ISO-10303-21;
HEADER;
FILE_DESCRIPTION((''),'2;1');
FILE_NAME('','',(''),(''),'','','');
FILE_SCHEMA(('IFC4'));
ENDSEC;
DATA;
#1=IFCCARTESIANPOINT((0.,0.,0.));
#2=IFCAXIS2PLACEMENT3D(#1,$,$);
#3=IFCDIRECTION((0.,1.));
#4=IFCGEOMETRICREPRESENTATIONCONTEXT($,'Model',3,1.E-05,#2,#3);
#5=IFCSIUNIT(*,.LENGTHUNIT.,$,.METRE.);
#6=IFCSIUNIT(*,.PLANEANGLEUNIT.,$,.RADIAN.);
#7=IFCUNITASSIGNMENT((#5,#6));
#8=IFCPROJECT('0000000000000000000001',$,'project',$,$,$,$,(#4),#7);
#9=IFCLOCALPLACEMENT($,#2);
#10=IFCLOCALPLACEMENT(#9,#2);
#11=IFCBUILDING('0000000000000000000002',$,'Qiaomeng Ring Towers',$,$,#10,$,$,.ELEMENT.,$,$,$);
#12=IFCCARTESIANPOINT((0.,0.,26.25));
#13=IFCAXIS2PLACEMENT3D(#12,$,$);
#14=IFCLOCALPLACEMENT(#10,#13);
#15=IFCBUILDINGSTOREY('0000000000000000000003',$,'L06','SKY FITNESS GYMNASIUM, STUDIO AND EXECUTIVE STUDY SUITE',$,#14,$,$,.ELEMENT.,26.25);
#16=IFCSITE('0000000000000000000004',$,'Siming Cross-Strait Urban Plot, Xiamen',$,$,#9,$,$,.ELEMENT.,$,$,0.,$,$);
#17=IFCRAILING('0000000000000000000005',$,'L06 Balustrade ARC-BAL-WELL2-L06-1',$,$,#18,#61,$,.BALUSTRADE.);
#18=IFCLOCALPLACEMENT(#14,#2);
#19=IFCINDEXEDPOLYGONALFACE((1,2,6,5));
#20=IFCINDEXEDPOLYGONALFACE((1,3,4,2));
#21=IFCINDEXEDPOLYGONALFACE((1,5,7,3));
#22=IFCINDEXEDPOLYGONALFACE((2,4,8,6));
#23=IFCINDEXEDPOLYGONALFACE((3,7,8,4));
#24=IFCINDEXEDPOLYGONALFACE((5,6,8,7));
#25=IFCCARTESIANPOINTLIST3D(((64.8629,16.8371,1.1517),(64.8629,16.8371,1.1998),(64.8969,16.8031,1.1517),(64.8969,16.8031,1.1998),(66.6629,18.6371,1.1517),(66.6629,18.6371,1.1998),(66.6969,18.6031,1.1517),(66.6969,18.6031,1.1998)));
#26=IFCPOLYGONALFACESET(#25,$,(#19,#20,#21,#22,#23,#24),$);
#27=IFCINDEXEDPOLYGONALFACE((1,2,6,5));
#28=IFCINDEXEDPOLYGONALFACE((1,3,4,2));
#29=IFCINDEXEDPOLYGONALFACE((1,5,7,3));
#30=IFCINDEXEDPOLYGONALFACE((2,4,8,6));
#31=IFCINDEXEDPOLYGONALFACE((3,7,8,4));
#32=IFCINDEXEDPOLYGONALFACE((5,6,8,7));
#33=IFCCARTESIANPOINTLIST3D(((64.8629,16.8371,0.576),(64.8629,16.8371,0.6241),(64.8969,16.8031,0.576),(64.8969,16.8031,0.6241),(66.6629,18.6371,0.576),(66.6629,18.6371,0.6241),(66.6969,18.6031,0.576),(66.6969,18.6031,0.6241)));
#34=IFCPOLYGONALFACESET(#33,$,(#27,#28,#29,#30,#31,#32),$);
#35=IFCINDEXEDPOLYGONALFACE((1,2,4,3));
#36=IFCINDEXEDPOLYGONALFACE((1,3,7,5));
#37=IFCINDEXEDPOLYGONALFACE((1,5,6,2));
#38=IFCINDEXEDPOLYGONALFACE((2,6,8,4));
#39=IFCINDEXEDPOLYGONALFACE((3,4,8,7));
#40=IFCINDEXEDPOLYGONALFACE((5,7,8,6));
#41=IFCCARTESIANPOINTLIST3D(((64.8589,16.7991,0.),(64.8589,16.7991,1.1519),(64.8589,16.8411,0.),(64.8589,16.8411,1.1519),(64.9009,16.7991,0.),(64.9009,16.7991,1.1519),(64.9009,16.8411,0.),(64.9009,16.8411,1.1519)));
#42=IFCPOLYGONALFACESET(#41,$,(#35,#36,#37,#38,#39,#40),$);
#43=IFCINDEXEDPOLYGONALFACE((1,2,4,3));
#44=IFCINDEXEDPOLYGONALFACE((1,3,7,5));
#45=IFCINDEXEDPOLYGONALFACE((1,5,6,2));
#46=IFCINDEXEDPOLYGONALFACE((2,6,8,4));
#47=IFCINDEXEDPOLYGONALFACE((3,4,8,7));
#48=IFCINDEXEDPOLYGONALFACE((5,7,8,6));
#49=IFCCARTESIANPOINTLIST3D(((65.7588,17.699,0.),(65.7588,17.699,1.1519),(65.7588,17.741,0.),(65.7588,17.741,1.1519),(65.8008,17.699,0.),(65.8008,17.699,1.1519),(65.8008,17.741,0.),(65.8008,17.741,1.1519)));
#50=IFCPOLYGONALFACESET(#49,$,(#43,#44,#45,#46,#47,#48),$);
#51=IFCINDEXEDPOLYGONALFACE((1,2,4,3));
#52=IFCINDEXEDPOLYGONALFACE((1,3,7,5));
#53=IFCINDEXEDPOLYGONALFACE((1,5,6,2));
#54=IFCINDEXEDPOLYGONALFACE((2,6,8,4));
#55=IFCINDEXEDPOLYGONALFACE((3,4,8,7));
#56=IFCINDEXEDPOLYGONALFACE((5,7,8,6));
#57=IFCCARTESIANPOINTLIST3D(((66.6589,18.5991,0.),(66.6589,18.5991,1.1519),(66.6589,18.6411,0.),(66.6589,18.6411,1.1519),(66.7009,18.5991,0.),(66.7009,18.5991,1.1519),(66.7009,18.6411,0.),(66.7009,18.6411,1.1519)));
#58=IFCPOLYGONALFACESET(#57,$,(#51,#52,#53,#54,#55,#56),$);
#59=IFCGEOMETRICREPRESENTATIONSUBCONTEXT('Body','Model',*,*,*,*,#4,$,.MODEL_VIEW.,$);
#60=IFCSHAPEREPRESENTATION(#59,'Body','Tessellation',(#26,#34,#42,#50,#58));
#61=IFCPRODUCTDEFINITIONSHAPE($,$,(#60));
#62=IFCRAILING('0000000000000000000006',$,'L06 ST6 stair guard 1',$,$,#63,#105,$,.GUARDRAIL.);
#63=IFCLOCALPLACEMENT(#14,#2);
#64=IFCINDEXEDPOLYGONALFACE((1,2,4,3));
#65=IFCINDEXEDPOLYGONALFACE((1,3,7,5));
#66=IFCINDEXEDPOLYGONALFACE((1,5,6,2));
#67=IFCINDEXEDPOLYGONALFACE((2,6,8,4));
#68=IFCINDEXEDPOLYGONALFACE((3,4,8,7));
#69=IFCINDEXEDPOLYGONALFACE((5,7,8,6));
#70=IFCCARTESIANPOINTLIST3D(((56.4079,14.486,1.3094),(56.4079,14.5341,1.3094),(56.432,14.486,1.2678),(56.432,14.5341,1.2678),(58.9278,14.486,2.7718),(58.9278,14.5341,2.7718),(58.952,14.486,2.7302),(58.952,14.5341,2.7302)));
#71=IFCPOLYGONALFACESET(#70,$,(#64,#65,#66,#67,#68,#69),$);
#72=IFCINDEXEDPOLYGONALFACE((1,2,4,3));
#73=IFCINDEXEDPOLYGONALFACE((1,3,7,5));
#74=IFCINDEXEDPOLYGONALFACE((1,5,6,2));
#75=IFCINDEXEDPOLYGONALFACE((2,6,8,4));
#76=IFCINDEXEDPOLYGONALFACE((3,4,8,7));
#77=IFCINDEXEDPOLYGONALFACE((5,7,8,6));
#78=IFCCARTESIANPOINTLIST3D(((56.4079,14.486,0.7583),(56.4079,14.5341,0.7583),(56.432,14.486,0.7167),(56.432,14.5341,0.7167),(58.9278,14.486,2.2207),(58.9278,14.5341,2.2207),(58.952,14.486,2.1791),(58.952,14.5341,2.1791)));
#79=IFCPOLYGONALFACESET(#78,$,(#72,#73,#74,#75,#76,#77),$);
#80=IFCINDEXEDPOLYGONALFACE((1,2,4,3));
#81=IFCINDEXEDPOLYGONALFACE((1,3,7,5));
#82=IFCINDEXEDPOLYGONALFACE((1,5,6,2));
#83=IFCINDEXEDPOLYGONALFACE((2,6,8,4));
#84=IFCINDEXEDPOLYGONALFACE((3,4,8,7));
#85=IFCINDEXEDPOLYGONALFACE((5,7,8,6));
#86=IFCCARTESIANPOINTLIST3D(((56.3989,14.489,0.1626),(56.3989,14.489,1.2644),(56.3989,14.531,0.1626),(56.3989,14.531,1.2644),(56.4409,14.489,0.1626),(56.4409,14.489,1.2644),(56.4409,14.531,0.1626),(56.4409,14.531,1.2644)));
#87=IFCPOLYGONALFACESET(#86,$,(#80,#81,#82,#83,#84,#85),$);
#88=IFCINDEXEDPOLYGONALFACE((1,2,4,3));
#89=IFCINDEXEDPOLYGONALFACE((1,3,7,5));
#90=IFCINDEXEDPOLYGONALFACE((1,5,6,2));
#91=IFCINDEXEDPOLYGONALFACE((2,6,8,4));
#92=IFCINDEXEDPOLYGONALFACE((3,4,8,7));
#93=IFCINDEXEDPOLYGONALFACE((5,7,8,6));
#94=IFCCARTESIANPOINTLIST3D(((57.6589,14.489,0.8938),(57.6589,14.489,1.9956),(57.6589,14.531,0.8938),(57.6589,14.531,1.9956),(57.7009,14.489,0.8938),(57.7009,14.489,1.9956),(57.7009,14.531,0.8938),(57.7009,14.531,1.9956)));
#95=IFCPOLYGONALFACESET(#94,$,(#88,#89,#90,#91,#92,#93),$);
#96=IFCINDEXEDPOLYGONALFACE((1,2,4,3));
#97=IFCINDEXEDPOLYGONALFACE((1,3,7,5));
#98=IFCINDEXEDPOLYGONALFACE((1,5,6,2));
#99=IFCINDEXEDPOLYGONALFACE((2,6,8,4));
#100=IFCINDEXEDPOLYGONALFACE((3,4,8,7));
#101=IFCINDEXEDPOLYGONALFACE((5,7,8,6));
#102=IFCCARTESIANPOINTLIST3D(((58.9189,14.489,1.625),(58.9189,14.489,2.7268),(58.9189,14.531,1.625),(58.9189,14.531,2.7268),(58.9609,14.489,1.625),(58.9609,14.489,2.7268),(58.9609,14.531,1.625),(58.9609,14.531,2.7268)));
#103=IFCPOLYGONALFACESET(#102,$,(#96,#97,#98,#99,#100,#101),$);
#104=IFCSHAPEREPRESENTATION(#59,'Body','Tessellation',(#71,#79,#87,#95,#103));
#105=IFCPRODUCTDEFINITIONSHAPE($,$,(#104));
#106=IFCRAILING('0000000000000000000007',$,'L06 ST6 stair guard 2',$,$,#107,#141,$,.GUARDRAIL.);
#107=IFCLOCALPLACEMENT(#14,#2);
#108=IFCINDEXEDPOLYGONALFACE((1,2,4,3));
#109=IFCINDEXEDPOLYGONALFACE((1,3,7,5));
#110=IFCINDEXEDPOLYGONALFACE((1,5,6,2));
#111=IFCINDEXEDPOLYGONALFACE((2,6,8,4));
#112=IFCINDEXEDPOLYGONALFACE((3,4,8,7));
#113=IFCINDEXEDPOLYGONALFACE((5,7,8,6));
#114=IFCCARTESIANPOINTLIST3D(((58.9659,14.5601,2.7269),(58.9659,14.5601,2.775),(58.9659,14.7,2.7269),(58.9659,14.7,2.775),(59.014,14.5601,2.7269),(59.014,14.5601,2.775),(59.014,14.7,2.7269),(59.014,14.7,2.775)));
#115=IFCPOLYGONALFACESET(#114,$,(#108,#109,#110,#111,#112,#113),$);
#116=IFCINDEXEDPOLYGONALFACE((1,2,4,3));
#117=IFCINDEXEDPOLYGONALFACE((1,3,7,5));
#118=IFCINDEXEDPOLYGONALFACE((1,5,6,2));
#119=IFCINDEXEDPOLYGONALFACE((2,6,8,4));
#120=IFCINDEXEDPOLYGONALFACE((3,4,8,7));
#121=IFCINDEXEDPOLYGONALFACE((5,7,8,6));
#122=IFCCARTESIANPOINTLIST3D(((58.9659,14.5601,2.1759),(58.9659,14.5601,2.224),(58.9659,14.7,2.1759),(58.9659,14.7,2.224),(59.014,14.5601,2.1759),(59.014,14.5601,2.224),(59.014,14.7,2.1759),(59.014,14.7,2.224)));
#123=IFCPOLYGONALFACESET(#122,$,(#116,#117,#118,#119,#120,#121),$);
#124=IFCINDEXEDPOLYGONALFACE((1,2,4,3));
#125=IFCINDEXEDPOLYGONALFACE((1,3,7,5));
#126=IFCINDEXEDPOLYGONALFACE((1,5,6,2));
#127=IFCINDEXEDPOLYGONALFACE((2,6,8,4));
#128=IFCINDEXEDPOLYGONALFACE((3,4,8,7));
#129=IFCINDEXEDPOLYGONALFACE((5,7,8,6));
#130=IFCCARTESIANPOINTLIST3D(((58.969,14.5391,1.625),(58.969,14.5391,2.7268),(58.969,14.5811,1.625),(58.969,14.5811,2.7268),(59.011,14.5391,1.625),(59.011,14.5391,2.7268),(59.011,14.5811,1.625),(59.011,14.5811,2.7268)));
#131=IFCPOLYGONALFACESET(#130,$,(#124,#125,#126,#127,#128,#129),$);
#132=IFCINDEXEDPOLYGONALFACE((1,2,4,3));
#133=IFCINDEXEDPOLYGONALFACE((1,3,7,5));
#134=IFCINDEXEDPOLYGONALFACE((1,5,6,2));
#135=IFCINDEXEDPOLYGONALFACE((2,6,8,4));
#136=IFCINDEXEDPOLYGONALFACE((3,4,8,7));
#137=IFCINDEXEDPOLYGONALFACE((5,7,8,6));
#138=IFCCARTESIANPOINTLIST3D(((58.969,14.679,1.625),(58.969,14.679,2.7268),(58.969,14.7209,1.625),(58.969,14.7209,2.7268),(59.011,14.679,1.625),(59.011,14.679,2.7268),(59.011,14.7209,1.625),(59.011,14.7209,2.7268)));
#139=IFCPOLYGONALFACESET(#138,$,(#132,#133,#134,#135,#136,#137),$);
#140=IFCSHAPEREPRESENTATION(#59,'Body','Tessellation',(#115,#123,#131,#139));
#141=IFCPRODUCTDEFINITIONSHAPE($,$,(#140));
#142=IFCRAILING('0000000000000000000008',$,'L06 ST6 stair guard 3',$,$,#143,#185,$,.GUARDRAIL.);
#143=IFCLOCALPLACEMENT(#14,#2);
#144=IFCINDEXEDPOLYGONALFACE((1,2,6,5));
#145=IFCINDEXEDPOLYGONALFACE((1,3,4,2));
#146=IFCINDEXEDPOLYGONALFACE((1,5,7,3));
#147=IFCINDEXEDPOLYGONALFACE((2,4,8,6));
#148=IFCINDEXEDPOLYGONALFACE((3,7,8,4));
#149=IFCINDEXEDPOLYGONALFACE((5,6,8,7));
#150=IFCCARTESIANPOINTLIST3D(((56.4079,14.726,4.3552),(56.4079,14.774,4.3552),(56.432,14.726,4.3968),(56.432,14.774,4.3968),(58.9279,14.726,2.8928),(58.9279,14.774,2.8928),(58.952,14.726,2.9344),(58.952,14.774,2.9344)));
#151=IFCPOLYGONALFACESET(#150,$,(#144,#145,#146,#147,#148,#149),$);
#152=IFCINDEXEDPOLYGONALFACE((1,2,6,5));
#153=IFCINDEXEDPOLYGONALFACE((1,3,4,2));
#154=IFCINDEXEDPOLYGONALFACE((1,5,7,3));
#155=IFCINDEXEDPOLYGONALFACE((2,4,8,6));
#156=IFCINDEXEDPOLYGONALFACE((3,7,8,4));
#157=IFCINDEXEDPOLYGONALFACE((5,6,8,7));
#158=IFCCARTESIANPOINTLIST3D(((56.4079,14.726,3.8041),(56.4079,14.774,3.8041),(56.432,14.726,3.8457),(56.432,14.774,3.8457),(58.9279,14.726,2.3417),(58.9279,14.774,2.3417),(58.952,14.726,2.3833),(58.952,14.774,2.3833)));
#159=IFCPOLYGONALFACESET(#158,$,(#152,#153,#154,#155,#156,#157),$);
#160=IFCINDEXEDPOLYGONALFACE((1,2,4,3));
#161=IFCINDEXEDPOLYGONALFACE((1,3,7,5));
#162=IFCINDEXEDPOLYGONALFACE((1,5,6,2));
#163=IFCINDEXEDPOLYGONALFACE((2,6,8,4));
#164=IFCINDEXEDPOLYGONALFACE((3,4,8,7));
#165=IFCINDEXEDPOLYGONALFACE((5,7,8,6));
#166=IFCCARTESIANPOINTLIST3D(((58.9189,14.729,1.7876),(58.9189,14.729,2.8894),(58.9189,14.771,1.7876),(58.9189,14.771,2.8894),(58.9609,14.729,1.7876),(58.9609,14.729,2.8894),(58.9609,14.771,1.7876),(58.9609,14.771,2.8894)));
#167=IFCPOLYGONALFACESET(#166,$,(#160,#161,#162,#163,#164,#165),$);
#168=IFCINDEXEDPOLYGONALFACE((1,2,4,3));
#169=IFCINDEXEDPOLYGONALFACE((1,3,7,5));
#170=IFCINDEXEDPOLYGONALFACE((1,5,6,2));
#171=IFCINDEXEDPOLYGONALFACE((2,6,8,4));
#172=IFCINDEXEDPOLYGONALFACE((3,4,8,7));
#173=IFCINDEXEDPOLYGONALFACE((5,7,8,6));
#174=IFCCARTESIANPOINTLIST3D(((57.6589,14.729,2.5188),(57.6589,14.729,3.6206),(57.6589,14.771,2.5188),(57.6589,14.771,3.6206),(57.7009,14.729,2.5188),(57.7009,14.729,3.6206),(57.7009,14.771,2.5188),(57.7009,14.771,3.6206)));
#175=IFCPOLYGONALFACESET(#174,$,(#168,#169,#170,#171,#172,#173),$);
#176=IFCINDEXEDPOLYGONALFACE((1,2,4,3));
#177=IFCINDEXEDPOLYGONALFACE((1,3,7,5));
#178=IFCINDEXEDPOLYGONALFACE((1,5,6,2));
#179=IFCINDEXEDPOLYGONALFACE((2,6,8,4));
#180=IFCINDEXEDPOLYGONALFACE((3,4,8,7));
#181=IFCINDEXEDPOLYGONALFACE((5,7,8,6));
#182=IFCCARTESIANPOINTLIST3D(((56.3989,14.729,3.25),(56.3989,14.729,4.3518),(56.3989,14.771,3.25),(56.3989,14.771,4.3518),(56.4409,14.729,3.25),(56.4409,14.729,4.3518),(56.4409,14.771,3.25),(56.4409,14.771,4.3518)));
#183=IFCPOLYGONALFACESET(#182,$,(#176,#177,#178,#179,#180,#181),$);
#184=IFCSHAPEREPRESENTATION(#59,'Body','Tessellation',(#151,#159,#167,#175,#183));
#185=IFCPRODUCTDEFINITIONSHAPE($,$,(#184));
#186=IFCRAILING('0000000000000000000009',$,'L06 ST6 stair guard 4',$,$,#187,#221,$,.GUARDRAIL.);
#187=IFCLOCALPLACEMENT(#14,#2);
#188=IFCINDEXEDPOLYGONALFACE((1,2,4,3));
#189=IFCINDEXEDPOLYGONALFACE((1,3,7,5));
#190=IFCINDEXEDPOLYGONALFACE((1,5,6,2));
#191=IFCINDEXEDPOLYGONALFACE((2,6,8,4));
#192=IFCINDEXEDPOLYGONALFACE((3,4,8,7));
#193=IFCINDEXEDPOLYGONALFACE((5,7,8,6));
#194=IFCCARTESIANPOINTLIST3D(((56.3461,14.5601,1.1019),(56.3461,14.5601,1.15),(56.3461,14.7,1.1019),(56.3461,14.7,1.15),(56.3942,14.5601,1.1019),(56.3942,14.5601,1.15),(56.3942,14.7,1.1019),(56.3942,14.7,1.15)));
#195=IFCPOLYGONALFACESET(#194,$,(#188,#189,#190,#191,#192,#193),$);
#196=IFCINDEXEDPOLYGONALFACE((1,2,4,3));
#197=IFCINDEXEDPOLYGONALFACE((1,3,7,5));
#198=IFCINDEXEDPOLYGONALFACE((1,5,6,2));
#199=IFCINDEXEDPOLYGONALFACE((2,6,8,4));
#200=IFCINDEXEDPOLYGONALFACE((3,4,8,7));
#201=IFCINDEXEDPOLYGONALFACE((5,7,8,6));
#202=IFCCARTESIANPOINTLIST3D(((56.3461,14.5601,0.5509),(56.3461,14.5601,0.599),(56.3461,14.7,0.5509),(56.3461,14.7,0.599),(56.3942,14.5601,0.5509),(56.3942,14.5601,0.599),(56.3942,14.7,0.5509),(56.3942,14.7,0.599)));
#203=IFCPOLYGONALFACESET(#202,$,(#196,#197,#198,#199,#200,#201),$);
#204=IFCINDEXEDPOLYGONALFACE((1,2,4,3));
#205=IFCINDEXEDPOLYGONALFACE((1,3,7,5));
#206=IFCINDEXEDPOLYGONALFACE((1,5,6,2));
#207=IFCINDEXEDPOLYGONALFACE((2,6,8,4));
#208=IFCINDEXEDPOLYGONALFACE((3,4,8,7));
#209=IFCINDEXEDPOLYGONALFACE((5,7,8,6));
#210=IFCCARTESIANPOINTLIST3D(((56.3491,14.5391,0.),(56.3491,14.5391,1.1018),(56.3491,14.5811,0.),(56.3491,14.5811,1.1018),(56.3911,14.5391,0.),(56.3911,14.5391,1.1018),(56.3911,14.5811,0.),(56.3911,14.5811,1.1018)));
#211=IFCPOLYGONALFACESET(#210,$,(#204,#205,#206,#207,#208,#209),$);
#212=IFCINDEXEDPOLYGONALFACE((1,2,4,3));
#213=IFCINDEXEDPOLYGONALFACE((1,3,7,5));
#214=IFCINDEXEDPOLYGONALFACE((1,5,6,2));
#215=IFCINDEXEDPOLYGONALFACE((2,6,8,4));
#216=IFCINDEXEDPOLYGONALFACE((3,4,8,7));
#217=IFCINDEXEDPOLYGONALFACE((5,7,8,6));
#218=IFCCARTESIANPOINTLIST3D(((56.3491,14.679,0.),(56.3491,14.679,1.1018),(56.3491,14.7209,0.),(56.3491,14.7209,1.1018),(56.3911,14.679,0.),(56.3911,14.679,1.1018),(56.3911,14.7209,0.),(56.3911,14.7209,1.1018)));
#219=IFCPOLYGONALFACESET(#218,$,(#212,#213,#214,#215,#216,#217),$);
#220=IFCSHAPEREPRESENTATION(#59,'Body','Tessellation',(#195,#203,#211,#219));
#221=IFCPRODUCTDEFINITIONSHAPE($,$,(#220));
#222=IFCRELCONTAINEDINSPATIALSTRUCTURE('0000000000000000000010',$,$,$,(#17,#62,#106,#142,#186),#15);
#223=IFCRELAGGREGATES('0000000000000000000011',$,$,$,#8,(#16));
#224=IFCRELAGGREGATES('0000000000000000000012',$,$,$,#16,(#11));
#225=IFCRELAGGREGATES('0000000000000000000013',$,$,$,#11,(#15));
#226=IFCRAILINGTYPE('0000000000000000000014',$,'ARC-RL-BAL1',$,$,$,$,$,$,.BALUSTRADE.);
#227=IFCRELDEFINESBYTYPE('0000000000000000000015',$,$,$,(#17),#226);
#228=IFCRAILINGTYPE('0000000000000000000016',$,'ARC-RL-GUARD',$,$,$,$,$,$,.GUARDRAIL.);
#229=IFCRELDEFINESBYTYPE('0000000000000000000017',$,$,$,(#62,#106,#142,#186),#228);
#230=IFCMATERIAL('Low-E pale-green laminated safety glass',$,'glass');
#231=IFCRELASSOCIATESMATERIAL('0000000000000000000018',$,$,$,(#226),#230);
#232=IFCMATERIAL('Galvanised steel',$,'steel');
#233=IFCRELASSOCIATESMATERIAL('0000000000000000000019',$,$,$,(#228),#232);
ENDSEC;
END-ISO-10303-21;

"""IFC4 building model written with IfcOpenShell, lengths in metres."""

from ifc_helpers import new_model, si_unit, direction, frame, origin, origin_2d, place, context, subcontext, project, spatial, rectangle, extrude, material, type_object, element, save


model = new_model("IFC4")

# Units and contexts
model_context = context("Model", 3, precision=1e-05, world=origin(), true_north=direction((0.0, 1.0)))
body_context = subcontext(model_context, "Body", "Model", "MODEL_VIEW")
ifc_project = project(units=[si_unit("LENGTHUNIT", "METRE"), si_unit("PLANEANGLEUNIT", "RADIAN")], contexts=[model_context])

# Site, building, storey
site_placement = place(None, origin())
site = spatial("IfcSite", under=ifc_project, at=site_placement, Name="Siming Cross-Strait Urban Plot, Xiamen", CompositionType="ELEMENT", RefElevation=0.0)
building_placement = place(site_placement, origin())
building = spatial("IfcBuilding", under=site, at=building_placement, Name="Qiaomeng Ring Towers", CompositionType="ELEMENT")
storey_placement = place(building_placement, frame((0.0, 0.0, 26.25)))
storey = spatial("IfcBuildingStorey", under=building, at=storey_placement, Name="L06", Description="SKY FITNESS GYMNASIUM, STUDIO AND EXECUTIVE STUDY SUITE", CompositionType="ELEMENT", Elevation=26.25)

# Railings
ifc_material_1 = material(Name="Low-E pale-green laminated safety glass", Category="glass")
railing_type_1 = type_object("IfcRailingType", Name="ARC-RL-BAL1", PredefinedType="BALUSTRADE", material=ifc_material_1)
railing_1_placement = place(storey_placement, frame((64.8799, 16.8201, 0.0)))
element("IfcRailing", 1, at=railing_1_placement, inside=storey, type_object=railing_type_1, Name="L06 Balustrade ARC-BAL-WELL2-L06-1", PredefinedType="BALUSTRADE", context=body_context, shape_type="SweptSolid", body=[
    extrude(rectangle(XDim=0.0481, YDim=0.0481, at=origin_2d()), frame((0.0, 0.0, 1.1758), z_axis=(0.707107, 0.707107, 0.0), x_axis=(-0.707107, 0.707107, 0.0)), (0.0, 0.0, 1.0), 2.5457),
    extrude(rectangle(XDim=0.0481, YDim=0.0481, at=origin_2d()), frame((0.0, 0.0, 0.6001), z_axis=(0.707107, 0.707107, 0.0), x_axis=(-0.707107, 0.707107, 0.0)), (0.0, 0.0, 1.0), 2.5457),
    extrude(rectangle(XDim=0.042, YDim=0.042, at=origin_2d()), origin(), (0.0, 0.0, 1.0), 1.1519),
    extrude(rectangle(XDim=0.042, YDim=0.042, at=origin_2d()), frame((0.8999, 0.8999, 0.0)), (0.0, 0.0, 1.0), 1.1519),
    extrude(rectangle(XDim=0.042, YDim=0.042, at=origin_2d()), frame((1.8, 1.8, 0.0)), (0.0, 0.0, 1.0), 1.1519),
])
ifc_material_2 = material(Name="Galvanised steel", Category="steel")
railing_type_2 = type_object("IfcRailingType", Name="ARC-RL-GUARD", PredefinedType="GUARDRAIL", material=ifc_material_2)
railing_2_placement = place(storey_placement, frame((56.4199, 14.51, 0.1626)))
element("IfcRailing", 2, at=railing_2_placement, inside=storey, type_object=railing_type_2, Name="L06 ST6 stair guard 1", PredefinedType="GUARDRAIL", context=body_context, shape_type="SweptSolid", body=[
    extrude(rectangle(XDim=0.0481, YDim=0.0481, at=origin_2d()), frame((0.0, 0.0, 1.126), z_axis=(0.864913, 0.0, 0.501921), x_axis=(0.0, 1.0, 0.0)), (0.0, 0.0, 1.0), 2.9136),
    extrude(rectangle(XDim=0.0481, YDim=0.0481, at=origin_2d()), frame((0.0, 0.0, 0.575), z_axis=(0.864913, 0.0, 0.501921), x_axis=(0.0, 1.0, 0.0)), (0.0, 0.0, 1.0), 2.9136),
    extrude(rectangle(XDim=0.042, YDim=0.042, at=origin_2d()), origin(), (0.0, 0.0, 1.0), 1.1018),
    extrude(rectangle(XDim=0.042, YDim=0.042, at=origin_2d()), frame((1.26, 0.0, 0.7312)), (0.0, 0.0, 1.0), 1.1018),
    extrude(rectangle(XDim=0.042, YDim=0.042, at=origin_2d()), frame((2.52, 0.0, 1.4624)), (0.0, 0.0, 1.0), 1.1018),
])
railing_3_placement = place(storey_placement, frame((58.99, 14.5601, 1.625)))
element("IfcRailing", 3, at=railing_3_placement, inside=storey, type_object=railing_type_2, Name="L06 ST6 stair guard 2", PredefinedType="GUARDRAIL", context=body_context, shape_type="SweptSolid", body=[
    extrude(rectangle(XDim=0.0481, YDim=0.0481, at=origin_2d()), frame((0.0, 0.0, 1.126), z_axis=(0.0, 1.0, 0.0), x_axis=(-1.0, 0.0, 0.0)), (0.0, 0.0, 1.0), 0.1399),
    extrude(rectangle(XDim=0.0481, YDim=0.0481, at=origin_2d()), frame((0.0, 0.0, 0.575), z_axis=(0.0, 1.0, 0.0), x_axis=(-1.0, 0.0, 0.0)), (0.0, 0.0, 1.0), 0.1399),
    extrude(rectangle(XDim=0.042, YDim=0.042, at=origin_2d()), origin(), (0.0, 0.0, 1.0), 1.1018),
    extrude(rectangle(XDim=0.042, YDim=0.042, at=origin_2d()), frame((0.0, 0.1399, 0.0)), (0.0, 0.0, 1.0), 1.1018),
])
railing_4_placement = place(storey_placement, frame((58.9399, 14.75, 1.7876)))
element("IfcRailing", 4, at=railing_4_placement, inside=storey, type_object=railing_type_2, Name="L06 ST6 stair guard 3", PredefinedType="GUARDRAIL", context=body_context, shape_type="SweptSolid", body=[
    extrude(rectangle(XDim=0.0481, YDim=0.0481, at=origin_2d()), frame((0.0, 0.0, 1.126), z_axis=(-0.864913, 0.0, 0.501921), x_axis=(0.0, -1.0, 0.0)), (0.0, 0.0, 1.0), 2.9136),
    extrude(rectangle(XDim=0.0481, YDim=0.0481, at=origin_2d()), frame((0.0, 0.0, 0.575), z_axis=(-0.864913, 0.0, 0.501921), x_axis=(0.0, -1.0, 0.0)), (0.0, 0.0, 1.0), 2.9136),
    extrude(rectangle(XDim=0.042, YDim=0.042, at=origin_2d()), origin(), (0.0, 0.0, 1.0), 1.1018),
    extrude(rectangle(XDim=0.042, YDim=0.042, at=origin_2d()), frame((-1.26, 0.0, 0.7312)), (0.0, 0.0, 1.0), 1.1018),
    extrude(rectangle(XDim=0.042, YDim=0.042, at=origin_2d()), frame((-2.52, 0.0, 1.4624)), (0.0, 0.0, 1.0), 1.1018),
])
railing_5_placement = place(storey_placement, frame((56.3701, 14.5601, 0.0)))
element("IfcRailing", 5, at=railing_5_placement, inside=storey, type_object=railing_type_2, Name="L06 ST6 stair guard 4", PredefinedType="GUARDRAIL", context=body_context, shape_type="SweptSolid", body=[
    extrude(rectangle(XDim=0.0481, YDim=0.0481, at=origin_2d()), frame((0.0, 0.0, 1.126), z_axis=(0.0, 1.0, 0.0), x_axis=(-1.0, 0.0, 0.0)), (0.0, 0.0, 1.0), 0.1399),
    extrude(rectangle(XDim=0.0481, YDim=0.0481, at=origin_2d()), frame((0.0, 0.0, 0.575), z_axis=(0.0, 1.0, 0.0), x_axis=(-1.0, 0.0, 0.0)), (0.0, 0.0, 1.0), 0.1399),
    extrude(rectangle(XDim=0.042, YDim=0.042, at=origin_2d()), origin(), (0.0, 0.0, 1.0), 1.1018),
    extrude(rectangle(XDim=0.042, YDim=0.042, at=origin_2d()), frame((0.0, 0.1399, 0.0)), (0.0, 0.0, 1.0), 1.1018),
])

save(model, "model.ifc")
